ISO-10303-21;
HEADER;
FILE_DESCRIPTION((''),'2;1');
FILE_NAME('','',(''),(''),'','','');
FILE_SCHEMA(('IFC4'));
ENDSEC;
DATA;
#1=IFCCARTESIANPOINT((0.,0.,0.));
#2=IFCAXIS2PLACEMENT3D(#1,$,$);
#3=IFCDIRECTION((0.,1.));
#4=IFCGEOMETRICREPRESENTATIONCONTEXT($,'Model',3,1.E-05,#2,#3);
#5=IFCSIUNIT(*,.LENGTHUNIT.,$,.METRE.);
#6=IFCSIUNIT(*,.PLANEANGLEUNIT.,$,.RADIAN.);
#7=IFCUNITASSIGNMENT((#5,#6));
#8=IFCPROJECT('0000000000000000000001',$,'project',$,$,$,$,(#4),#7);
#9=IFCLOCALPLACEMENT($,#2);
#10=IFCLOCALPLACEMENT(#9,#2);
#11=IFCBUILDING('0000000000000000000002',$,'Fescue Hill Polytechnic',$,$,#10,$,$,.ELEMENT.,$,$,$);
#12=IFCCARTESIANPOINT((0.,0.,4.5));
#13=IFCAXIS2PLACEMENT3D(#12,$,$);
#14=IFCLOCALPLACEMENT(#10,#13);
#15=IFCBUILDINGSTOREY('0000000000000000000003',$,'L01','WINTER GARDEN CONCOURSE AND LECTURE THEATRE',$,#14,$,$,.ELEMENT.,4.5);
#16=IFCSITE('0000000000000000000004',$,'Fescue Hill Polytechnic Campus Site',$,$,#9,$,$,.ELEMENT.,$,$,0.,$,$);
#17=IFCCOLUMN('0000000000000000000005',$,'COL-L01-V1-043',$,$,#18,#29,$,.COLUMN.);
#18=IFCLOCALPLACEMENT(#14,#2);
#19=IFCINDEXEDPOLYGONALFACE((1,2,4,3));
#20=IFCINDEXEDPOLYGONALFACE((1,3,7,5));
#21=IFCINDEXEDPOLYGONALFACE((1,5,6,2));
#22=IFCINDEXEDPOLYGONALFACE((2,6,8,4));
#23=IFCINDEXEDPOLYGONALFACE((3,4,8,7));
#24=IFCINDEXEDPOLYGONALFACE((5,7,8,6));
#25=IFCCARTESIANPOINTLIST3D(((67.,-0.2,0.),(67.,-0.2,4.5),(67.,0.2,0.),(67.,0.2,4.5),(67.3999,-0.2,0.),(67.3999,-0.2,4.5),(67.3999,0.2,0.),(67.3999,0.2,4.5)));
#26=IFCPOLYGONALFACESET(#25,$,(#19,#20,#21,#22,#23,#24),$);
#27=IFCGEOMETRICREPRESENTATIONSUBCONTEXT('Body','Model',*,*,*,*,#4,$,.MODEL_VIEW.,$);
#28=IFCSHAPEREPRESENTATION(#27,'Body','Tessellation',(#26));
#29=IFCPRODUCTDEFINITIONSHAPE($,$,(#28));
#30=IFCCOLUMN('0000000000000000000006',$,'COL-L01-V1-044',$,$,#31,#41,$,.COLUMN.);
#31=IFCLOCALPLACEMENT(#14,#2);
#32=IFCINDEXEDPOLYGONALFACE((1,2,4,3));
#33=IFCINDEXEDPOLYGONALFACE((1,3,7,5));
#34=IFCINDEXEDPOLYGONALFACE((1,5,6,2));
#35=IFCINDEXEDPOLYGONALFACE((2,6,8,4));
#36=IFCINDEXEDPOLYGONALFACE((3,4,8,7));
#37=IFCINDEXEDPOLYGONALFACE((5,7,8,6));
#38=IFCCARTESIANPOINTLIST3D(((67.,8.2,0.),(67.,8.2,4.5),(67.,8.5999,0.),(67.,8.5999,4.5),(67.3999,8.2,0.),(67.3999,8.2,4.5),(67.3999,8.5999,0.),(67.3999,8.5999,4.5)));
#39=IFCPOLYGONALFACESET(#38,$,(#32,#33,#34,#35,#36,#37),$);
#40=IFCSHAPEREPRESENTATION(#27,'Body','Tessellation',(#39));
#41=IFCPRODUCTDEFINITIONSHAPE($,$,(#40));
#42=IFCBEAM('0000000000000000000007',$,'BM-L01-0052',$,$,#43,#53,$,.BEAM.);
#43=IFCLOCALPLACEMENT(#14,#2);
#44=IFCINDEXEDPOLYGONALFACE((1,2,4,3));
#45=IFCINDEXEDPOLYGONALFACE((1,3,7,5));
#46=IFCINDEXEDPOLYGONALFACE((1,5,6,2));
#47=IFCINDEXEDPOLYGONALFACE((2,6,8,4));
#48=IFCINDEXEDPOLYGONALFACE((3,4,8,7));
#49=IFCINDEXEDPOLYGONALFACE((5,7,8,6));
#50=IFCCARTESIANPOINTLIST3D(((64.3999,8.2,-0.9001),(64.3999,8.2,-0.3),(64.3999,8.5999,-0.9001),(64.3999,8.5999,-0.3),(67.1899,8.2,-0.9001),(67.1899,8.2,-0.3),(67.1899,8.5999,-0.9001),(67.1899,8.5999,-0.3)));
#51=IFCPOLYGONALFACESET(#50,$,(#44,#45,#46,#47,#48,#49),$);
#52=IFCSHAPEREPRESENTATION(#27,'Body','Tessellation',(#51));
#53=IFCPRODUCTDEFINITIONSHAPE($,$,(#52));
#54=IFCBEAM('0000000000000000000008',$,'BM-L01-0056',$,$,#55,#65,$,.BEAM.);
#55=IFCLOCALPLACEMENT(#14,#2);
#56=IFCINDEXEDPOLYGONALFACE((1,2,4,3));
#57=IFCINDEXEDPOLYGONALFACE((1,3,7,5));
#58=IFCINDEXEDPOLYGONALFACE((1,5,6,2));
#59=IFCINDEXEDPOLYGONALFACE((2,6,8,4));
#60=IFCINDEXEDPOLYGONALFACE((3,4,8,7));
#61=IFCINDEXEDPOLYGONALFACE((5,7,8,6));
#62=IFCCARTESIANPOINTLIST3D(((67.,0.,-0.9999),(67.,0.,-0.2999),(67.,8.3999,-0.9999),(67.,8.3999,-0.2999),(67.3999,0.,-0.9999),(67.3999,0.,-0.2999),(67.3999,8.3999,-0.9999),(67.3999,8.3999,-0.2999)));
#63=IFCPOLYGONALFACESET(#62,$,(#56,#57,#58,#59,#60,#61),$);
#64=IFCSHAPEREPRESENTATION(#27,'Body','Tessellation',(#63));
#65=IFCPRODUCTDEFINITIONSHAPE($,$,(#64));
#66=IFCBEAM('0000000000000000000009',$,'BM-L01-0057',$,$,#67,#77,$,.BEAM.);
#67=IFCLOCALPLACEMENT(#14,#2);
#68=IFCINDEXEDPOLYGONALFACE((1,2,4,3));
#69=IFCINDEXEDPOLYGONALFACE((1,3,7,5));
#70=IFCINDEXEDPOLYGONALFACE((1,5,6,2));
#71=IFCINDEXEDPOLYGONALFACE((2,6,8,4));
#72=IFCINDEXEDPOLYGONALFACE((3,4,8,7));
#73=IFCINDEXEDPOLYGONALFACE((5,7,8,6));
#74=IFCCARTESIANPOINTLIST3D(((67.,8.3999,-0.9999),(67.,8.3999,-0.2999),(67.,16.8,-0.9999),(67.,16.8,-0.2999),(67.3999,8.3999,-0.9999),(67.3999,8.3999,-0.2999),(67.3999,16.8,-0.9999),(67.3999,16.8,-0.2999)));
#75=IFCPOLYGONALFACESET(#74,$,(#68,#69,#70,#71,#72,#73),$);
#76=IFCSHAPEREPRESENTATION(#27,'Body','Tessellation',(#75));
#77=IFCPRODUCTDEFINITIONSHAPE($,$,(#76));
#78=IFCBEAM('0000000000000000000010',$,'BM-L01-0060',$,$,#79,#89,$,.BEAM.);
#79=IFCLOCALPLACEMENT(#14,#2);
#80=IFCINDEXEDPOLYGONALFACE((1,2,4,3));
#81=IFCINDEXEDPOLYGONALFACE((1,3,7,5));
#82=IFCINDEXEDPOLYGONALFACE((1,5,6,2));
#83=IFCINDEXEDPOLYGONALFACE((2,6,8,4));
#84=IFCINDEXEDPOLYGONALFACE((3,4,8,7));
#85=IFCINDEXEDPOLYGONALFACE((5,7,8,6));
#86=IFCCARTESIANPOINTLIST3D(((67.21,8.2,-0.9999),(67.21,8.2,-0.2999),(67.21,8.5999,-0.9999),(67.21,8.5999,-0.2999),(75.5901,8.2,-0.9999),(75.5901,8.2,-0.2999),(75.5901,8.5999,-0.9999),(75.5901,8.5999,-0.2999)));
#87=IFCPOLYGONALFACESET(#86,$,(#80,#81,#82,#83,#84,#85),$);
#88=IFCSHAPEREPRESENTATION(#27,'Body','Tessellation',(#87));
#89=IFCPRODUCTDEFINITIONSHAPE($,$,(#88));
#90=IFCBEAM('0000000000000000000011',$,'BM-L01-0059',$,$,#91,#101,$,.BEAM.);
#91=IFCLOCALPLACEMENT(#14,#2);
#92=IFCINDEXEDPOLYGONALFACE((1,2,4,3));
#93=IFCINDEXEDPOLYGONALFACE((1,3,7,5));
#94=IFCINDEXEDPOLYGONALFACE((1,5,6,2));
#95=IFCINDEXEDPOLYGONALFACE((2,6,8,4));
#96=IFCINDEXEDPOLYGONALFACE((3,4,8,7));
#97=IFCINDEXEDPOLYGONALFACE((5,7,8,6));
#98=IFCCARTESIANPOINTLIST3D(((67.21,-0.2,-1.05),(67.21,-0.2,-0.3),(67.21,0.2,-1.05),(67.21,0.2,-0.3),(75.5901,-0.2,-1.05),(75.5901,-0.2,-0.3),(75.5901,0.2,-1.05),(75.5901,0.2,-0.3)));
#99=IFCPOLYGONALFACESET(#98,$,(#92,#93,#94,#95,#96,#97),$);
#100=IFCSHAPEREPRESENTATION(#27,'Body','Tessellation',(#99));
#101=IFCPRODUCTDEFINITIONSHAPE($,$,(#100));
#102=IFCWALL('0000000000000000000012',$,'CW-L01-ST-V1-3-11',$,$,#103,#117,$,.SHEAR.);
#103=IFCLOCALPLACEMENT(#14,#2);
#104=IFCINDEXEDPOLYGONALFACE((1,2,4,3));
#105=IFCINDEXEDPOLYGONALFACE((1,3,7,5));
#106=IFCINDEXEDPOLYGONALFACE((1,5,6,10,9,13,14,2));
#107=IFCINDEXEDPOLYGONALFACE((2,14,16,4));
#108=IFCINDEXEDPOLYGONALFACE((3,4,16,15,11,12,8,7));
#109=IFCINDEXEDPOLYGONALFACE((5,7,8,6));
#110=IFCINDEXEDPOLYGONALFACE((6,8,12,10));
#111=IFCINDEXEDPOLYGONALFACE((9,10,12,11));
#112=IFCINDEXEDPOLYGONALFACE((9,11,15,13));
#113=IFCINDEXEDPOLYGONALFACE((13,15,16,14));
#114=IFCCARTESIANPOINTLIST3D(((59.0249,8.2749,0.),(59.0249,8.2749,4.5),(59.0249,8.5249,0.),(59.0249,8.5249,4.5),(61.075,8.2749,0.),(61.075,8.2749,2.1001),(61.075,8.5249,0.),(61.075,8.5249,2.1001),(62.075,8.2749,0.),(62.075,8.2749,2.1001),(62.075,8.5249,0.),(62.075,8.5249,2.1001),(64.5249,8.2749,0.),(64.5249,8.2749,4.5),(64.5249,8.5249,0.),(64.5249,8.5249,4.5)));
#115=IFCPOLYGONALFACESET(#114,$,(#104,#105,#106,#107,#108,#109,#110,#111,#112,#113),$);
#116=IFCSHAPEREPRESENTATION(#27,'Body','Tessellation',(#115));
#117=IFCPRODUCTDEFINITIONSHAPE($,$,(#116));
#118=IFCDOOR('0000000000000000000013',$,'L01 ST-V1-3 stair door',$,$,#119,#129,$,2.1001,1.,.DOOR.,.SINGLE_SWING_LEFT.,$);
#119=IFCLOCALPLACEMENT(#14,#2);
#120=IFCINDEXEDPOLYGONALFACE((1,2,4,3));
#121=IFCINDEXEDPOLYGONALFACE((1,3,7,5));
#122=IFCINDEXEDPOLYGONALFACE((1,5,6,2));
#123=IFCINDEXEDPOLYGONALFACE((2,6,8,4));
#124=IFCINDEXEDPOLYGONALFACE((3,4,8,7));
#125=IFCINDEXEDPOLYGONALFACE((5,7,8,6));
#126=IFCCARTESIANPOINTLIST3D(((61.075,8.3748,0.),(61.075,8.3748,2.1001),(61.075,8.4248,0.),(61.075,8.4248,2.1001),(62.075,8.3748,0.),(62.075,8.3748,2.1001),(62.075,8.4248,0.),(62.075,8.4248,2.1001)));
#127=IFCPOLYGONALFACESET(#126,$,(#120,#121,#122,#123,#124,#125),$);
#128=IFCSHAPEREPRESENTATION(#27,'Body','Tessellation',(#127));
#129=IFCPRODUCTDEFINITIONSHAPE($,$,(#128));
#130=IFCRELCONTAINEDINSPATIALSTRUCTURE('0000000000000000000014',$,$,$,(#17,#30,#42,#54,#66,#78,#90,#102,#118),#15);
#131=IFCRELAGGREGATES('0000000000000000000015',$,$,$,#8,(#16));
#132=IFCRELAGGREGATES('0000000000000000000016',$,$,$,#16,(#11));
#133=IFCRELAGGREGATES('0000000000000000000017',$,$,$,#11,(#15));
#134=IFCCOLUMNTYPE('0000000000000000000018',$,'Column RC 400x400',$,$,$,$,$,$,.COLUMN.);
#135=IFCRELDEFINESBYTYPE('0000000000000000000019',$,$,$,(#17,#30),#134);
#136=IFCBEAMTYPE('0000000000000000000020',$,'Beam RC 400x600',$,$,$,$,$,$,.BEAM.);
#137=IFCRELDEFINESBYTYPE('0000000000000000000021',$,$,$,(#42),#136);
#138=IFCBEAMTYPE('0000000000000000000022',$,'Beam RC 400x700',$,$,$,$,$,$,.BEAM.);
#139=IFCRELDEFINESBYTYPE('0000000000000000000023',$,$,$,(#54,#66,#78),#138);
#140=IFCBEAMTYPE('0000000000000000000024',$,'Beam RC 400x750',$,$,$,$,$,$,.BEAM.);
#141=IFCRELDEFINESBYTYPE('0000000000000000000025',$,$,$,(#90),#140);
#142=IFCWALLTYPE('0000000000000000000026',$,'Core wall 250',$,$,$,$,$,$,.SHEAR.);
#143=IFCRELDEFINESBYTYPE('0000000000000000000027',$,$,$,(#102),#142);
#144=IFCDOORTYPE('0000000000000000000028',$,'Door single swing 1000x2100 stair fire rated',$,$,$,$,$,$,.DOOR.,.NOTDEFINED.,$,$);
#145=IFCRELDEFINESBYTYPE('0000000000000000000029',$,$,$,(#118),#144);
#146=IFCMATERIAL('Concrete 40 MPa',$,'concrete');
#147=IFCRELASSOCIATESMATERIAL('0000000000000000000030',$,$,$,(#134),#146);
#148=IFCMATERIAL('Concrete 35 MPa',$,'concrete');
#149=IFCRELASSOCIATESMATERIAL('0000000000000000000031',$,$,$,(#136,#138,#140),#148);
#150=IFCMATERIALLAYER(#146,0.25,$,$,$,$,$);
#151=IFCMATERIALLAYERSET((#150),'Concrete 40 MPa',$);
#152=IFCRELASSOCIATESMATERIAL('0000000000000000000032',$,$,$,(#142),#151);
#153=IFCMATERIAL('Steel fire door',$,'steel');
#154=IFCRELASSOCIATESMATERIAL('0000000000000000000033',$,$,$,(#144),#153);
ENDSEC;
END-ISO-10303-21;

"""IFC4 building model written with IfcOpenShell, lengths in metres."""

from ifc_helpers import new_model, si_unit, direction, frame, frame_2d, origin, origin_2d, place, context, subcontext, project, spatial, rectangle, extrude, material, layer, layer_set, material_profile, profile_set, type_object, element, fill, save


model = new_model("IFC4")

# Units and contexts
model_context = context("Model", 3, precision=1e-05, world=origin(), true_north=direction((0.0, 1.0)))
body_context = subcontext(model_context, "Body", "Model", "MODEL_VIEW")
ifc_project = project(units=[si_unit("LENGTHUNIT", "METRE"), si_unit("PLANEANGLEUNIT", "RADIAN")], contexts=[model_context])

# Site, building, storey
site_placement = place(None, origin())
site = spatial("IfcSite", under=ifc_project, at=site_placement, Name="Fescue Hill Polytechnic Campus Site", CompositionType="ELEMENT", RefElevation=0.0)
building_placement = place(site_placement, origin())
building = spatial("IfcBuilding", under=site, at=building_placement, Name="Fescue Hill Polytechnic", CompositionType="ELEMENT")
storey_placement = place(building_placement, frame((0.0, 0.0, 4.5)))
storey = spatial("IfcBuildingStorey", under=building, at=storey_placement, Name="L01", Description="WINTER GARDEN CONCOURSE AND LECTURE THEATRE", CompositionType="ELEMENT", Elevation=4.5)

# Columns
ifc_material_1 = material(Name="Concrete 40 MPa", Category="concrete")
ifc_material_profile_1 = material_profile(ifc_material_1, rectangle(XDim=0.3999, YDim=0.3999, at=origin_2d()), Name="RC 400x400")
ifc_profile_set_1 = profile_set([ifc_material_profile_1], Name="Concrete 40 MPa")
column_type = type_object("IfcColumnType", Name="Column RC 400x400", PredefinedType="COLUMN", material=ifc_profile_set_1)
for number, where, z_axis, x_axis, name in (
    (1, (67.2, 0.0, 0.0), (0.0, 0.0, 1.0), (1.0, 0.0, 0.0), "COL-L01-V1-043"),
    (2, (67.2, 8.3999, 0.0), (0.0, 0.0, 1.0), (1.0, 0.0, 0.0), "COL-L01-V1-044"),
):
    element("IfcColumn", number, at=place(storey_placement, frame(where, z_axis=z_axis, x_axis=x_axis)), inside=storey, type_object=column_type, Name=name, PredefinedType="COLUMN", context=body_context, shape_type="SweptSolid", body=[
        extrude(rectangle(XDim=0.3999, YDim=0.3999, at=origin_2d()), origin(), (0.0, 0.0, 1.0), 4.5),
    ])

# Beams
ifc_material_2 = material(Name="Concrete 35 MPa", Category="concrete")
ifc_material_profile_2 = material_profile(ifc_material_2, rectangle(XDim=0.3999, YDim=0.6001, at=origin_2d()), Name="RC 400x600")
ifc_profile_set_2 = profile_set([ifc_material_profile_2], Name="Concrete 35 MPa")
beam_type_1 = type_object("IfcBeamType", Name="Beam RC 400x600", PredefinedType="BEAM", material=ifc_profile_set_2)
beam_1_placement = place(storey_placement, frame((64.3999, 8.3999, -0.6001), z_axis=(1.0, 0.0, 0.0), x_axis=(0.0, 1.0, 0.0)))
element("IfcBeam", 3, at=beam_1_placement, inside=storey, type_object=beam_type_1, Name="BM-L01-0052", PredefinedType="BEAM", context=body_context, shape_type="SweptSolid", body=[
    extrude(rectangle(XDim=0.3999, YDim=0.6001, at=origin_2d()), origin(), (0.0, 0.0, 1.0), 2.79),
])
ifc_material_profile_3 = material_profile(ifc_material_2, rectangle(XDim=0.3999, YDim=0.7, at=origin_2d()), Name="RC 400x700")
ifc_profile_set_3 = profile_set([ifc_material_profile_3], Name="Concrete 35 MPa")
beam_type_2 = type_object("IfcBeamType", Name="Beam RC 400x700", PredefinedType="BEAM", material=ifc_profile_set_3)
beam_2_placement = place(storey_placement, frame((67.2, 0.0, -0.6499), z_axis=(0.0, 1.0, 0.0), x_axis=(-1.0, 0.0, 0.0)))
element("IfcBeam", 4, at=beam_2_placement, inside=storey, type_object=beam_type_2, Name="BM-L01-0056", PredefinedType="BEAM", context=body_context, shape_type="SweptSolid", body=[
    extrude(rectangle(XDim=0.3999, YDim=0.7, at=origin_2d()), origin(), (0.0, 0.0, 1.0), 8.3999),
])
beam_3_placement = place(storey_placement, frame((67.2, 8.3999, -0.6499), z_axis=(0.0, 1.0, 0.0), x_axis=(-1.0, 0.0, 0.0)))
element("IfcBeam", 5, at=beam_3_placement, inside=storey, type_object=beam_type_2, Name="BM-L01-0057", PredefinedType="BEAM", context=body_context, shape_type="SweptSolid", body=[
    extrude(rectangle(XDim=0.3999, YDim=0.7, at=origin_2d()), origin(), (0.0, 0.0, 1.0), 8.4001),
])
beam_4_placement = place(storey_placement, frame((67.21, 8.3999, -0.6499), z_axis=(1.0, 0.0, 0.0), x_axis=(0.0, 1.0, 0.0)))
element("IfcBeam", 6, at=beam_4_placement, inside=storey, type_object=beam_type_2, Name="BM-L01-0060", PredefinedType="BEAM", context=body_context, shape_type="SweptSolid", body=[
    extrude(rectangle(XDim=0.3999, YDim=0.7, at=origin_2d()), origin(), (0.0, 0.0, 1.0), 8.3801),
])
ifc_material_profile_4 = material_profile(ifc_material_2, rectangle(XDim=0.3999, YDim=0.75, at=origin_2d()), Name="RC 400x750")
ifc_profile_set_4 = profile_set([ifc_material_profile_4], Name="Concrete 35 MPa")
beam_type_3 = type_object("IfcBeamType", Name="Beam RC 400x750", PredefinedType="BEAM", material=ifc_profile_set_4)
beam_5_placement = place(storey_placement, frame((67.21, 0.0, -0.675), z_axis=(1.0, 0.0, 0.0), x_axis=(0.0, 1.0, 0.0)))
element("IfcBeam", 7, at=beam_5_placement, inside=storey, type_object=beam_type_3, Name="BM-L01-0059", PredefinedType="BEAM", context=body_context, shape_type="SweptSolid", body=[
    extrude(rectangle(XDim=0.3999, YDim=0.75, at=origin_2d()), origin(), (0.0, 0.0, 1.0), 8.3801),
])

# Wall, opening, door
ifc_layer_1 = layer(ifc_material_1, 0.25)
ifc_layer_set_1 = layer_set([ifc_layer_1], Name="Concrete 40 MPa")
wall_type_1 = type_object("IfcWallType", Name="Core wall 250", PredefinedType="SHEAR", material=ifc_layer_set_1)
wall_1_placement = place(storey_placement, frame((59.0249, 8.3999, 0.0), z_axis=(0.0, 0.0, 1.0), x_axis=(1.0, 0.0, 0.0)))
wall_1 = element("IfcWall", 8, at=wall_1_placement, inside=storey, type_object=wall_type_1, Name="CW-L01-ST-V1-3-11", PredefinedType="SHEAR", context=body_context, shape_type="SweptSolid", body=[
    extrude(rectangle(XDim=5.5, YDim=0.25, at=frame_2d((2.75, 0.0))), origin(), (0.0, 0.0, 1.0), 4.5),
])
opening_1_placement = place(wall_1_placement, frame((2.05, 0.0, 0.0)))
opening_1 = element("IfcOpeningElement", 9, at=opening_1_placement, cuts=wall_1, PredefinedType="OPENING", context=body_context, shape_type="SweptSolid", body=[
    extrude(rectangle(XDim=1.0, YDim=2.1001, at=frame_2d((0.5, 1.05))), frame((0.0, 0.135, 0.0), z_axis=(0.0, -1.0, 0.0), x_axis=(1.0, 0.0, 0.0)), (0.0, 0.0, 1.0), 0.27),
])
ifc_material_3 = material(Name="Steel fire door", Category="steel")
door_type_1 = type_object("IfcDoorType", Name="Door single swing 1000x2100 stair fire rated", OperationType="NOTDEFINED", PredefinedType="DOOR", material=ifc_material_3)
door_1_placement = place(opening_1_placement, origin())
door_1 = element("IfcDoor", 10, at=door_1_placement, inside=storey, type_object=door_type_1, Name="L01 ST-V1-3 stair door", OperationType="SINGLE_SWING_LEFT", OverallHeight=2.1001, OverallWidth=1.0, PredefinedType="DOOR", context=body_context, shape_type="SweptSolid", body=[
    extrude(rectangle(XDim=1.0, YDim=2.1001, at=frame_2d((0.5, 1.05))), frame((0.0, 0.0249, 0.0), z_axis=(0.0, -1.0, 0.0), x_axis=(1.0, 0.0, 0.0)), (0.0, 0.0, 1.0), 0.05),
])
fill(opening_1, door_1)

save(model, "model.ifc")
